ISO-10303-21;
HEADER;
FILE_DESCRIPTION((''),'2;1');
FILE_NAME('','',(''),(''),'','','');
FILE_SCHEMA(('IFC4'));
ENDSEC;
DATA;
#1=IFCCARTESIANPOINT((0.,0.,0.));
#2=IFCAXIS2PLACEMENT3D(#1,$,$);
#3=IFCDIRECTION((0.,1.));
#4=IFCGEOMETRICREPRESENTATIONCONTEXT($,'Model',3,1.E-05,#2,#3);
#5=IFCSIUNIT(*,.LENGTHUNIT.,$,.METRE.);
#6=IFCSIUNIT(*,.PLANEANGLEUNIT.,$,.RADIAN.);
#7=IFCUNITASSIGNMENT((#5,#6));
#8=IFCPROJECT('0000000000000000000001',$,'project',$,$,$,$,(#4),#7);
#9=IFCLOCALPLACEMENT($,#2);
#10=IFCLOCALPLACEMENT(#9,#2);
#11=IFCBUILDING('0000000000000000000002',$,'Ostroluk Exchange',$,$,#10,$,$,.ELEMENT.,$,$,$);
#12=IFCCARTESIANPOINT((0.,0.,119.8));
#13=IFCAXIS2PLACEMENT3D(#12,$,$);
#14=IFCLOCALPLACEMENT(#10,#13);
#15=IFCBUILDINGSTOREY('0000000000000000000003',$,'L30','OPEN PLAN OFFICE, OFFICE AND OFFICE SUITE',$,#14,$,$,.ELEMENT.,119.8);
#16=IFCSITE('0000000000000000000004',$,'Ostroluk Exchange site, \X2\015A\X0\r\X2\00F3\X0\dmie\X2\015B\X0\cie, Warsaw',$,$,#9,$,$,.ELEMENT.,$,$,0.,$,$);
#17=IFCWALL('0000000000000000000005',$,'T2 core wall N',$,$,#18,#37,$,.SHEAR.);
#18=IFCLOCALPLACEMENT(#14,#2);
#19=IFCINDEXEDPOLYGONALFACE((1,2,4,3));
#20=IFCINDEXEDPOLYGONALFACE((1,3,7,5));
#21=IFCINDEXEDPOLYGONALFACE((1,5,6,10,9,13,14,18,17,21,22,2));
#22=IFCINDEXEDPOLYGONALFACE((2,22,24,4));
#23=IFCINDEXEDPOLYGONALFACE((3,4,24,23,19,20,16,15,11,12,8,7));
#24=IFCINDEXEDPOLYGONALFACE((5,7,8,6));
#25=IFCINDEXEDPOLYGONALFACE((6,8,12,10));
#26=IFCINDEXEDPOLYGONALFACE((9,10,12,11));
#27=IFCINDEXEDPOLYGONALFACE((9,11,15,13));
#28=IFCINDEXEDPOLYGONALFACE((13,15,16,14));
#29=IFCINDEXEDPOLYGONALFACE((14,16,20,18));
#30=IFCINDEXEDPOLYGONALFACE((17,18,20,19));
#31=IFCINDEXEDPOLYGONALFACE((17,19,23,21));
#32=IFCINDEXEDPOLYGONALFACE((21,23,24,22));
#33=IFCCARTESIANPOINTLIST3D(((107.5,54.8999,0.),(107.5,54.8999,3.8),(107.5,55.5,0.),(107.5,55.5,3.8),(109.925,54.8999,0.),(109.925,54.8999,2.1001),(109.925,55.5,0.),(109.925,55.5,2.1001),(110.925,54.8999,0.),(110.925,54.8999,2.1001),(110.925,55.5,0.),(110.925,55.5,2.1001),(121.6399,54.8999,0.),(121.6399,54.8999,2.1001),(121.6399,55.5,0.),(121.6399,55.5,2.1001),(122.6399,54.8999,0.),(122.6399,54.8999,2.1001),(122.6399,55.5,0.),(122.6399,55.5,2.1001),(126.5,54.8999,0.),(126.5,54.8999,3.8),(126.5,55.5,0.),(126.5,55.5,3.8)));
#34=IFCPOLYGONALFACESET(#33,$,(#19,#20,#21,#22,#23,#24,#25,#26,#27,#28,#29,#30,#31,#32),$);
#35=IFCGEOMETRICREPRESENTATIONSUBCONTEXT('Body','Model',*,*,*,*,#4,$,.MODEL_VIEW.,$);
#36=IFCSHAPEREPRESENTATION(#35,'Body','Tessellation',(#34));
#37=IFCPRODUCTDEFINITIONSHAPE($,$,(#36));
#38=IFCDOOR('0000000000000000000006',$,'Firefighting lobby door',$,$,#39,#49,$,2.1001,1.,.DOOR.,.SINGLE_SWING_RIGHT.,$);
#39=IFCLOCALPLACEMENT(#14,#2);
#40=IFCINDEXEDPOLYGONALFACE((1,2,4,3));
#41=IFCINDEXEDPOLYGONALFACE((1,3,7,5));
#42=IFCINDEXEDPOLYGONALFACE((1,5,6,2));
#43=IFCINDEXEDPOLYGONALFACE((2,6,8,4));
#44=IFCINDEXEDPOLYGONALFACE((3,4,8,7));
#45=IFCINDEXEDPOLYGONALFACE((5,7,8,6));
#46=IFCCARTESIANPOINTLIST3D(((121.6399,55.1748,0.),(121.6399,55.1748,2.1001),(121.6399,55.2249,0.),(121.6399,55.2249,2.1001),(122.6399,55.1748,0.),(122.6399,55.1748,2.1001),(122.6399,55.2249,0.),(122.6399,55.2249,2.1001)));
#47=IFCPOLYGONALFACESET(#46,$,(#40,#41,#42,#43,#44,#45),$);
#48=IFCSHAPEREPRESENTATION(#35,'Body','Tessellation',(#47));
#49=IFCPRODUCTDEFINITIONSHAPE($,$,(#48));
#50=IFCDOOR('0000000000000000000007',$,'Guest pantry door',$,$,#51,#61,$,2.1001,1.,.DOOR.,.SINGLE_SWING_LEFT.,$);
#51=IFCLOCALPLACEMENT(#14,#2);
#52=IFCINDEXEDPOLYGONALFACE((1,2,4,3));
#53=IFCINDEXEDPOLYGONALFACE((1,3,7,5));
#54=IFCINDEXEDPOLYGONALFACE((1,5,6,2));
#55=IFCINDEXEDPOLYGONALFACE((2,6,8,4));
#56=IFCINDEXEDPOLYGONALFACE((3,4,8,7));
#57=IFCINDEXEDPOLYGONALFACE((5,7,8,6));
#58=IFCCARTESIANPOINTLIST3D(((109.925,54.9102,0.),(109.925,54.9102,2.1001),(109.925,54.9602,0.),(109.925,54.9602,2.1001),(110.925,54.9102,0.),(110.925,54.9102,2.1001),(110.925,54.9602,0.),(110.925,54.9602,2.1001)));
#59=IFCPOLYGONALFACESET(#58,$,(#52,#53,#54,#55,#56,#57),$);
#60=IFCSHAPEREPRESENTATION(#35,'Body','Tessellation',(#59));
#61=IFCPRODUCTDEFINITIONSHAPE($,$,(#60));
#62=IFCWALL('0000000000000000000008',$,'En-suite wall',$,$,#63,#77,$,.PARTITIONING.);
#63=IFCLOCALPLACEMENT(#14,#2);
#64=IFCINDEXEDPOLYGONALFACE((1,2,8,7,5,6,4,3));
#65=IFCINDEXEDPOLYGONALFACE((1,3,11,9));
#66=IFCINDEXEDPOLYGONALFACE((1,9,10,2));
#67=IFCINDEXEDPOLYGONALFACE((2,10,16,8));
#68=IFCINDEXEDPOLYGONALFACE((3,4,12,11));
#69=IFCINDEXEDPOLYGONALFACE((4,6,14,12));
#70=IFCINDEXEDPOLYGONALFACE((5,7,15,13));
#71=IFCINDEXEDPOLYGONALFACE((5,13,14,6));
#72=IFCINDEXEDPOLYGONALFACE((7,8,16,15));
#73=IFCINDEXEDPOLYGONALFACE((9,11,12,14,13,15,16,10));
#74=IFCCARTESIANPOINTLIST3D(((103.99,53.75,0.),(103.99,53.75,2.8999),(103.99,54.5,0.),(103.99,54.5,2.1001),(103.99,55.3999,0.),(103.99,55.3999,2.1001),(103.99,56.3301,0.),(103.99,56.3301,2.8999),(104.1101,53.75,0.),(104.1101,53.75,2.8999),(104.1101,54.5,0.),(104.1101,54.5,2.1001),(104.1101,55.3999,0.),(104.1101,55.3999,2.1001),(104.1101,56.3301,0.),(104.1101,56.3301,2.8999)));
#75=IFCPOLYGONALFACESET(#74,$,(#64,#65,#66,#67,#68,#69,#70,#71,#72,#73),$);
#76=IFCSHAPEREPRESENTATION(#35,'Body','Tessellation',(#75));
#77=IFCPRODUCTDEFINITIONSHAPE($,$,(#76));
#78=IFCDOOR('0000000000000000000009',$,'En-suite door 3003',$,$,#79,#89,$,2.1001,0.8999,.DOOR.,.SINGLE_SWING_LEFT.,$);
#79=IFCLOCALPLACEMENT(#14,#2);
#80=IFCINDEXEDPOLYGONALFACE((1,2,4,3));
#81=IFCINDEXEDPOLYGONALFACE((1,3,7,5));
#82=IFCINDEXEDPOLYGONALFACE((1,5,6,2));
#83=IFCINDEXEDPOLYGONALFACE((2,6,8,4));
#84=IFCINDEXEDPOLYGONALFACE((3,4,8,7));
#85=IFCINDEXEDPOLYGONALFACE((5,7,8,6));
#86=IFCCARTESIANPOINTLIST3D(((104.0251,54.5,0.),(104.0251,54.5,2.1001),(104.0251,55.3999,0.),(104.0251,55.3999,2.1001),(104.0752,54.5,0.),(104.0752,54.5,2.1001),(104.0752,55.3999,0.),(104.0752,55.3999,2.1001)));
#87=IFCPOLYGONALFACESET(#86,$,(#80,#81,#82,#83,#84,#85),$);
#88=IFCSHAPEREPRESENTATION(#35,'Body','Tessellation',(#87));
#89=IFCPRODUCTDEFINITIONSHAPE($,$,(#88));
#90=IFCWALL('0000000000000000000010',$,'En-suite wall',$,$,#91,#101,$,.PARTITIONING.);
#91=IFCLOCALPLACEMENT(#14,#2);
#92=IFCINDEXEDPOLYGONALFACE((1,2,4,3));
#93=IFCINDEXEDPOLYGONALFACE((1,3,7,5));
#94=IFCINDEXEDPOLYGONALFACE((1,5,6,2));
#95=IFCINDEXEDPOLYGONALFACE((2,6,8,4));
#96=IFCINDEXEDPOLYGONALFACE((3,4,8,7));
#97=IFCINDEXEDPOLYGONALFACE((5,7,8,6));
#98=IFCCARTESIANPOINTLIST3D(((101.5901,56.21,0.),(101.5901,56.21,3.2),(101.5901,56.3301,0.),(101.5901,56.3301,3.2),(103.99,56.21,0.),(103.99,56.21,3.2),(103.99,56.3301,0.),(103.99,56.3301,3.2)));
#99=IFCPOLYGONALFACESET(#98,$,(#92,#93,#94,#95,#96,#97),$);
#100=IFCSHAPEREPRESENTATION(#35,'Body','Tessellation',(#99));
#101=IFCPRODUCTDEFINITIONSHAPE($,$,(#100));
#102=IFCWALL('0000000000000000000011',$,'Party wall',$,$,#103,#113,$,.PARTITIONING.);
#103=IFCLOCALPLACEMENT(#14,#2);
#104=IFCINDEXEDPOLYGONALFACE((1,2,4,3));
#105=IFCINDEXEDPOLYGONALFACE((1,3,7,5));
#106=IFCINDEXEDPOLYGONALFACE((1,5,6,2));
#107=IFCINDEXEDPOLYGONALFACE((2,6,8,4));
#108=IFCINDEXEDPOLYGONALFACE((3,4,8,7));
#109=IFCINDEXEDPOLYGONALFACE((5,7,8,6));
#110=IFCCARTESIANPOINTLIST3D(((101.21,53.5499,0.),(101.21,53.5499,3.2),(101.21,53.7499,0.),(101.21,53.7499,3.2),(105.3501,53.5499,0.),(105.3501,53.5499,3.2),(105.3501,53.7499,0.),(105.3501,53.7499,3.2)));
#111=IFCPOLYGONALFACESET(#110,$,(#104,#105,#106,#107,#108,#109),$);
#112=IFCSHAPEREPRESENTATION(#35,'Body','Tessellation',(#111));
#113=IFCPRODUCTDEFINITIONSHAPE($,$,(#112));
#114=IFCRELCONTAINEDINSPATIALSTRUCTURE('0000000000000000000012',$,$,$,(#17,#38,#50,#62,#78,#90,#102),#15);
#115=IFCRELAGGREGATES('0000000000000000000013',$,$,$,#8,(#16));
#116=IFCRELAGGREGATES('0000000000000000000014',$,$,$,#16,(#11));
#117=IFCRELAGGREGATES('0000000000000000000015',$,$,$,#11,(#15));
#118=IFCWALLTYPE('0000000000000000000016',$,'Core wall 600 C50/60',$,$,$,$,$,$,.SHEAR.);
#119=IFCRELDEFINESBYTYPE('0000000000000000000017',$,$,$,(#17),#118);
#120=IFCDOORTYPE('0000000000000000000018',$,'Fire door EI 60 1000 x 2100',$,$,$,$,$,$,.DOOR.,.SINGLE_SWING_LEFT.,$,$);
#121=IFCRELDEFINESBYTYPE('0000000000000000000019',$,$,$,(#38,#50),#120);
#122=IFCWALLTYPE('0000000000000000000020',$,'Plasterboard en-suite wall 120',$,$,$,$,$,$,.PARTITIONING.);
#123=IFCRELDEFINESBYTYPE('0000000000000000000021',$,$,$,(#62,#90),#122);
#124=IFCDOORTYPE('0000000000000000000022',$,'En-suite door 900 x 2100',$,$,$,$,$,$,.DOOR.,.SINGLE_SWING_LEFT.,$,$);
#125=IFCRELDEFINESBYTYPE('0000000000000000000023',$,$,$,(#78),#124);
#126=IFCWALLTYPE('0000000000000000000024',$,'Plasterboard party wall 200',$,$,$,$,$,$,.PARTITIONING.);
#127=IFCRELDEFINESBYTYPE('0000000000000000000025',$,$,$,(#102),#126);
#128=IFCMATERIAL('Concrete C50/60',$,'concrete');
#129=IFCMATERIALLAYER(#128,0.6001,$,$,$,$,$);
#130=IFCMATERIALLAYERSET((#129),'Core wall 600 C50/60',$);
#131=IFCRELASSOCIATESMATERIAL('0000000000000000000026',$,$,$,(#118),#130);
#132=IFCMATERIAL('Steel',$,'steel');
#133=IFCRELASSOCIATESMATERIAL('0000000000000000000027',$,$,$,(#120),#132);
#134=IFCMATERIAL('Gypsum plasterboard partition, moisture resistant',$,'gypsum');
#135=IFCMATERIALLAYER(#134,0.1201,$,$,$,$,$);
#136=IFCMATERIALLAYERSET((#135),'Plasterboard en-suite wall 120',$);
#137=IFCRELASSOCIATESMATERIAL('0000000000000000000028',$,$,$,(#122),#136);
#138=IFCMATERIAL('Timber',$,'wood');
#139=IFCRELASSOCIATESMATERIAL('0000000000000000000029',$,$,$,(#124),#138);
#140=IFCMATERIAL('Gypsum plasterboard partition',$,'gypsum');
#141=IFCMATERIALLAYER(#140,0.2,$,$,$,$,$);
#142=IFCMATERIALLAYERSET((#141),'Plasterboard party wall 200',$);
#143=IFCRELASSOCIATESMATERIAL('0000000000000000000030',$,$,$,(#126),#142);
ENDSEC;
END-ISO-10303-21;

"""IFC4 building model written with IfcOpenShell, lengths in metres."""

from ifc_helpers import new_model, si_unit, direction, frame, frame_2d, origin, place, context, subcontext, project, spatial, rectangle, extrude, material, layer, layer_set, type_object, element, fill, save


model = new_model("IFC4")

# Units and contexts
model_context = context("Model", 3, precision=1e-05, world=origin(), true_north=direction((0.0, 1.0)))
body_context = subcontext(model_context, "Body", "Model", "MODEL_VIEW")
ifc_project = project(units=[si_unit("LENGTHUNIT", "METRE"), si_unit("PLANEANGLEUNIT", "RADIAN")], contexts=[model_context])

# Site, building, storey
site_placement = place(None, origin())
site = spatial("IfcSite", under=ifc_project, at=site_placement, Name="Ostroluk Exchange site, Śródmieście, Warsaw", CompositionType="ELEMENT", RefElevation=0.0)
building_placement = place(site_placement, origin())
building = spatial("IfcBuilding", under=site, at=building_placement, Name="Ostroluk Exchange", CompositionType="ELEMENT")
storey_placement = place(building_placement, frame((0.0, 0.0, 119.8)))
storey = spatial("IfcBuildingStorey", under=building, at=storey_placement, Name="L30", Description="OPEN PLAN OFFICE, OFFICE AND OFFICE SUITE", CompositionType="ELEMENT", Elevation=119.8)

# Wall, openings, doors
ifc_material_1 = material(Name="Concrete C50/60", Category="concrete")
ifc_layer_1 = layer(ifc_material_1, 0.6001)
ifc_layer_set_1 = layer_set([ifc_layer_1], Name="Core wall 600 C50/60")
wall_type_1 = type_object("IfcWallType", Name="Core wall 600 C50/60", PredefinedType="SHEAR", material=ifc_layer_set_1)
wall_1_placement = place(storey_placement, frame((107.5, 55.2, 0.0), z_axis=(0.0, 0.0, 1.0), x_axis=(1.0, 0.0, 0.0)))
wall_1 = element("IfcWall", 1, at=wall_1_placement, inside=storey, type_object=wall_type_1, Name="T2 core wall N", PredefinedType="SHEAR", context=body_context, shape_type="SweptSolid", body=[
    extrude(rectangle(XDim=19.0, YDim=0.6001, at=frame_2d((9.5, 0.0))), origin(), (0.0, 0.0, 1.0), 3.8),
])
opening_1_placement = place(wall_1_placement, frame((14.1399, 0.0, 0.0)))
opening_1 = element("IfcOpeningElement", 2, at=opening_1_placement, cuts=wall_1, PredefinedType="OPENING", context=body_context, shape_type="SweptSolid", body=[
    extrude(rectangle(XDim=1.0, YDim=2.1001, at=frame_2d((0.5, 1.05))), frame((0.0, 0.3101, 0.0), z_axis=(0.0, -1.0, 0.0), x_axis=(1.0, 0.0, 0.0)), (0.0, 0.0, 1.0), 0.6201),
])
opening_2_placement = place(wall_1_placement, frame((2.425, 0.0, 0.0)))
opening_2 = element("IfcOpeningElement", 3, at=opening_2_placement, cuts=wall_1, PredefinedType="OPENING", context=body_context, shape_type="SweptSolid", body=[
    extrude(rectangle(XDim=1.0, YDim=2.1001, at=frame_2d((0.5, 1.05))), frame((0.0, 0.3101, 0.0), z_axis=(0.0, -1.0, 0.0), x_axis=(1.0, 0.0, 0.0)), (0.0, 0.0, 1.0), 0.6201),
])
ifc_material_2 = material(Name="Steel", Category="steel")
door_type_1 = type_object("IfcDoorType", Name="Fire door EI 60 1000 x 2100", OperationType="SINGLE_SWING_LEFT", PredefinedType="DOOR", material=ifc_material_2)
door_1_placement = place(opening_1_placement, origin())
door_1 = element("IfcDoor", 4, at=door_1_placement, inside=storey, type_object=door_type_1, Name="Firefighting lobby door", OperationType="SINGLE_SWING_RIGHT", OverallHeight=2.1001, OverallWidth=1.0, PredefinedType="DOOR", context=body_context, shape_type="SweptSolid", body=[
    extrude(rectangle(XDim=1.0, YDim=2.1001, at=frame_2d((0.5, 1.05))), frame((0.0, 0.0249, 0.0), z_axis=(0.0, -1.0, 0.0), x_axis=(1.0, 0.0, 0.0)), (0.0, 0.0, 1.0), 0.05),
])
fill(opening_1, door_1)
door_2_placement = place(opening_2_placement, origin())
door_2 = element("IfcDoor", 5, at=door_2_placement, inside=storey, type_object=door_type_1, Name="Guest pantry door", OperationType="SINGLE_SWING_LEFT", OverallHeight=2.1001, OverallWidth=1.0, PredefinedType="DOOR", context=body_context, shape_type="SweptSolid", body=[
    extrude(rectangle(XDim=1.0, YDim=2.1001, at=frame_2d((0.5, 1.05))), frame((0.0, -0.2397, 0.0), z_axis=(0.0, -1.0, 0.0), x_axis=(1.0, 0.0, 0.0)), (0.0, 0.0, 1.0), 0.05),
])
fill(opening_2, door_2)

# Wall, opening, door
ifc_material_3 = material(Name="Gypsum plasterboard partition, moisture resistant", Category="gypsum")
ifc_layer_2 = layer(ifc_material_3, 0.1201)
ifc_layer_set_2 = layer_set([ifc_layer_2], Name="Plasterboard en-suite wall 120")
wall_type_2 = type_object("IfcWallType", Name="Plasterboard en-suite wall 120", PredefinedType="PARTITIONING", material=ifc_layer_set_2)
wall_2_placement = place(storey_placement, frame((104.05, 53.75, 0.0), z_axis=(0.0, 0.0, 1.0), x_axis=(0.0, 1.0, 0.0)))
wall_2 = element("IfcWall", 6, at=wall_2_placement, inside=storey, type_object=wall_type_2, Name="En-suite wall", PredefinedType="PARTITIONING", context=body_context, shape_type="SweptSolid", body=[
    extrude(rectangle(XDim=2.5801, YDim=0.1201, at=frame_2d((1.29, 0.0))), origin(), (0.0, 0.0, 1.0), 2.8999),
])
opening_3_placement = place(wall_2_placement, frame((0.75, 0.0, 0.0)))
opening_3 = element("IfcOpeningElement", 7, at=opening_3_placement, cuts=wall_2, PredefinedType="OPENING", context=body_context, shape_type="SweptSolid", body=[
    extrude(rectangle(XDim=0.8999, YDim=2.1001, at=frame_2d((0.45, 1.05))), frame((0.0, 0.0701, 0.0), z_axis=(0.0, -1.0, 0.0), x_axis=(1.0, 0.0, 0.0)), (0.0, 0.0, 1.0), 0.1401),
])
ifc_material_4 = material(Name="Timber", Category="wood")
door_type_2 = type_object("IfcDoorType", Name="En-suite door 900 x 2100", OperationType="SINGLE_SWING_LEFT", PredefinedType="DOOR", material=ifc_material_4)
door_3_placement = place(opening_3_placement, origin())
door_3 = element("IfcDoor", 8, at=door_3_placement, inside=storey, type_object=door_type_2, Name="En-suite door 3003", OperationType="SINGLE_SWING_LEFT", OverallHeight=2.1001, OverallWidth=0.8999, PredefinedType="DOOR", context=body_context, shape_type="SweptSolid", body=[
    extrude(rectangle(XDim=0.8999, YDim=2.1001, at=frame_2d((0.45, 1.05))), frame((0.0, 0.0249, 0.0), z_axis=(0.0, -1.0, 0.0), x_axis=(1.0, 0.0, 0.0)), (0.0, 0.0, 1.0), 0.05),
])
fill(opening_3, door_3)

# Walls
wall_3_placement = place(storey_placement, frame((103.99, 56.27, 0.0), z_axis=(0.0, 0.0, 1.0), x_axis=(-1.0, 0.0, 0.0)))
element("IfcWall", 9, at=wall_3_placement, inside=storey, type_object=wall_type_2, Name="En-suite wall", PredefinedType="PARTITIONING", context=body_context, shape_type="SweptSolid", body=[
    extrude(rectangle(XDim=2.3999, YDim=0.1201, at=frame_2d((1.2, 0.0))), origin(), (0.0, 0.0, 1.0), 3.2),
])
ifc_material_5 = material(Name="Gypsum plasterboard partition", Category="gypsum")
ifc_layer_3 = layer(ifc_material_5, 0.2)
ifc_layer_set_3 = layer_set([ifc_layer_3], Name="Plasterboard party wall 200")
wall_type_3 = type_object("IfcWallType", Name="Plasterboard party wall 200", PredefinedType="PARTITIONING", material=ifc_layer_set_3)
wall_4_placement = place(storey_placement, frame((105.3501, 53.6499, 0.0), z_axis=(0.0, 0.0, 1.0), x_axis=(-1.0, 0.0, 0.0)))
element("IfcWall", 10, at=wall_4_placement, inside=storey, type_object=wall_type_3, Name="Party wall", PredefinedType="PARTITIONING", context=body_context, shape_type="SweptSolid", body=[
    extrude(rectangle(XDim=4.1401, YDim=0.2, at=frame_2d((2.0701, 0.0))), origin(), (0.0, 0.0, 1.0), 3.2),
])

save(model, "model.ifc")
